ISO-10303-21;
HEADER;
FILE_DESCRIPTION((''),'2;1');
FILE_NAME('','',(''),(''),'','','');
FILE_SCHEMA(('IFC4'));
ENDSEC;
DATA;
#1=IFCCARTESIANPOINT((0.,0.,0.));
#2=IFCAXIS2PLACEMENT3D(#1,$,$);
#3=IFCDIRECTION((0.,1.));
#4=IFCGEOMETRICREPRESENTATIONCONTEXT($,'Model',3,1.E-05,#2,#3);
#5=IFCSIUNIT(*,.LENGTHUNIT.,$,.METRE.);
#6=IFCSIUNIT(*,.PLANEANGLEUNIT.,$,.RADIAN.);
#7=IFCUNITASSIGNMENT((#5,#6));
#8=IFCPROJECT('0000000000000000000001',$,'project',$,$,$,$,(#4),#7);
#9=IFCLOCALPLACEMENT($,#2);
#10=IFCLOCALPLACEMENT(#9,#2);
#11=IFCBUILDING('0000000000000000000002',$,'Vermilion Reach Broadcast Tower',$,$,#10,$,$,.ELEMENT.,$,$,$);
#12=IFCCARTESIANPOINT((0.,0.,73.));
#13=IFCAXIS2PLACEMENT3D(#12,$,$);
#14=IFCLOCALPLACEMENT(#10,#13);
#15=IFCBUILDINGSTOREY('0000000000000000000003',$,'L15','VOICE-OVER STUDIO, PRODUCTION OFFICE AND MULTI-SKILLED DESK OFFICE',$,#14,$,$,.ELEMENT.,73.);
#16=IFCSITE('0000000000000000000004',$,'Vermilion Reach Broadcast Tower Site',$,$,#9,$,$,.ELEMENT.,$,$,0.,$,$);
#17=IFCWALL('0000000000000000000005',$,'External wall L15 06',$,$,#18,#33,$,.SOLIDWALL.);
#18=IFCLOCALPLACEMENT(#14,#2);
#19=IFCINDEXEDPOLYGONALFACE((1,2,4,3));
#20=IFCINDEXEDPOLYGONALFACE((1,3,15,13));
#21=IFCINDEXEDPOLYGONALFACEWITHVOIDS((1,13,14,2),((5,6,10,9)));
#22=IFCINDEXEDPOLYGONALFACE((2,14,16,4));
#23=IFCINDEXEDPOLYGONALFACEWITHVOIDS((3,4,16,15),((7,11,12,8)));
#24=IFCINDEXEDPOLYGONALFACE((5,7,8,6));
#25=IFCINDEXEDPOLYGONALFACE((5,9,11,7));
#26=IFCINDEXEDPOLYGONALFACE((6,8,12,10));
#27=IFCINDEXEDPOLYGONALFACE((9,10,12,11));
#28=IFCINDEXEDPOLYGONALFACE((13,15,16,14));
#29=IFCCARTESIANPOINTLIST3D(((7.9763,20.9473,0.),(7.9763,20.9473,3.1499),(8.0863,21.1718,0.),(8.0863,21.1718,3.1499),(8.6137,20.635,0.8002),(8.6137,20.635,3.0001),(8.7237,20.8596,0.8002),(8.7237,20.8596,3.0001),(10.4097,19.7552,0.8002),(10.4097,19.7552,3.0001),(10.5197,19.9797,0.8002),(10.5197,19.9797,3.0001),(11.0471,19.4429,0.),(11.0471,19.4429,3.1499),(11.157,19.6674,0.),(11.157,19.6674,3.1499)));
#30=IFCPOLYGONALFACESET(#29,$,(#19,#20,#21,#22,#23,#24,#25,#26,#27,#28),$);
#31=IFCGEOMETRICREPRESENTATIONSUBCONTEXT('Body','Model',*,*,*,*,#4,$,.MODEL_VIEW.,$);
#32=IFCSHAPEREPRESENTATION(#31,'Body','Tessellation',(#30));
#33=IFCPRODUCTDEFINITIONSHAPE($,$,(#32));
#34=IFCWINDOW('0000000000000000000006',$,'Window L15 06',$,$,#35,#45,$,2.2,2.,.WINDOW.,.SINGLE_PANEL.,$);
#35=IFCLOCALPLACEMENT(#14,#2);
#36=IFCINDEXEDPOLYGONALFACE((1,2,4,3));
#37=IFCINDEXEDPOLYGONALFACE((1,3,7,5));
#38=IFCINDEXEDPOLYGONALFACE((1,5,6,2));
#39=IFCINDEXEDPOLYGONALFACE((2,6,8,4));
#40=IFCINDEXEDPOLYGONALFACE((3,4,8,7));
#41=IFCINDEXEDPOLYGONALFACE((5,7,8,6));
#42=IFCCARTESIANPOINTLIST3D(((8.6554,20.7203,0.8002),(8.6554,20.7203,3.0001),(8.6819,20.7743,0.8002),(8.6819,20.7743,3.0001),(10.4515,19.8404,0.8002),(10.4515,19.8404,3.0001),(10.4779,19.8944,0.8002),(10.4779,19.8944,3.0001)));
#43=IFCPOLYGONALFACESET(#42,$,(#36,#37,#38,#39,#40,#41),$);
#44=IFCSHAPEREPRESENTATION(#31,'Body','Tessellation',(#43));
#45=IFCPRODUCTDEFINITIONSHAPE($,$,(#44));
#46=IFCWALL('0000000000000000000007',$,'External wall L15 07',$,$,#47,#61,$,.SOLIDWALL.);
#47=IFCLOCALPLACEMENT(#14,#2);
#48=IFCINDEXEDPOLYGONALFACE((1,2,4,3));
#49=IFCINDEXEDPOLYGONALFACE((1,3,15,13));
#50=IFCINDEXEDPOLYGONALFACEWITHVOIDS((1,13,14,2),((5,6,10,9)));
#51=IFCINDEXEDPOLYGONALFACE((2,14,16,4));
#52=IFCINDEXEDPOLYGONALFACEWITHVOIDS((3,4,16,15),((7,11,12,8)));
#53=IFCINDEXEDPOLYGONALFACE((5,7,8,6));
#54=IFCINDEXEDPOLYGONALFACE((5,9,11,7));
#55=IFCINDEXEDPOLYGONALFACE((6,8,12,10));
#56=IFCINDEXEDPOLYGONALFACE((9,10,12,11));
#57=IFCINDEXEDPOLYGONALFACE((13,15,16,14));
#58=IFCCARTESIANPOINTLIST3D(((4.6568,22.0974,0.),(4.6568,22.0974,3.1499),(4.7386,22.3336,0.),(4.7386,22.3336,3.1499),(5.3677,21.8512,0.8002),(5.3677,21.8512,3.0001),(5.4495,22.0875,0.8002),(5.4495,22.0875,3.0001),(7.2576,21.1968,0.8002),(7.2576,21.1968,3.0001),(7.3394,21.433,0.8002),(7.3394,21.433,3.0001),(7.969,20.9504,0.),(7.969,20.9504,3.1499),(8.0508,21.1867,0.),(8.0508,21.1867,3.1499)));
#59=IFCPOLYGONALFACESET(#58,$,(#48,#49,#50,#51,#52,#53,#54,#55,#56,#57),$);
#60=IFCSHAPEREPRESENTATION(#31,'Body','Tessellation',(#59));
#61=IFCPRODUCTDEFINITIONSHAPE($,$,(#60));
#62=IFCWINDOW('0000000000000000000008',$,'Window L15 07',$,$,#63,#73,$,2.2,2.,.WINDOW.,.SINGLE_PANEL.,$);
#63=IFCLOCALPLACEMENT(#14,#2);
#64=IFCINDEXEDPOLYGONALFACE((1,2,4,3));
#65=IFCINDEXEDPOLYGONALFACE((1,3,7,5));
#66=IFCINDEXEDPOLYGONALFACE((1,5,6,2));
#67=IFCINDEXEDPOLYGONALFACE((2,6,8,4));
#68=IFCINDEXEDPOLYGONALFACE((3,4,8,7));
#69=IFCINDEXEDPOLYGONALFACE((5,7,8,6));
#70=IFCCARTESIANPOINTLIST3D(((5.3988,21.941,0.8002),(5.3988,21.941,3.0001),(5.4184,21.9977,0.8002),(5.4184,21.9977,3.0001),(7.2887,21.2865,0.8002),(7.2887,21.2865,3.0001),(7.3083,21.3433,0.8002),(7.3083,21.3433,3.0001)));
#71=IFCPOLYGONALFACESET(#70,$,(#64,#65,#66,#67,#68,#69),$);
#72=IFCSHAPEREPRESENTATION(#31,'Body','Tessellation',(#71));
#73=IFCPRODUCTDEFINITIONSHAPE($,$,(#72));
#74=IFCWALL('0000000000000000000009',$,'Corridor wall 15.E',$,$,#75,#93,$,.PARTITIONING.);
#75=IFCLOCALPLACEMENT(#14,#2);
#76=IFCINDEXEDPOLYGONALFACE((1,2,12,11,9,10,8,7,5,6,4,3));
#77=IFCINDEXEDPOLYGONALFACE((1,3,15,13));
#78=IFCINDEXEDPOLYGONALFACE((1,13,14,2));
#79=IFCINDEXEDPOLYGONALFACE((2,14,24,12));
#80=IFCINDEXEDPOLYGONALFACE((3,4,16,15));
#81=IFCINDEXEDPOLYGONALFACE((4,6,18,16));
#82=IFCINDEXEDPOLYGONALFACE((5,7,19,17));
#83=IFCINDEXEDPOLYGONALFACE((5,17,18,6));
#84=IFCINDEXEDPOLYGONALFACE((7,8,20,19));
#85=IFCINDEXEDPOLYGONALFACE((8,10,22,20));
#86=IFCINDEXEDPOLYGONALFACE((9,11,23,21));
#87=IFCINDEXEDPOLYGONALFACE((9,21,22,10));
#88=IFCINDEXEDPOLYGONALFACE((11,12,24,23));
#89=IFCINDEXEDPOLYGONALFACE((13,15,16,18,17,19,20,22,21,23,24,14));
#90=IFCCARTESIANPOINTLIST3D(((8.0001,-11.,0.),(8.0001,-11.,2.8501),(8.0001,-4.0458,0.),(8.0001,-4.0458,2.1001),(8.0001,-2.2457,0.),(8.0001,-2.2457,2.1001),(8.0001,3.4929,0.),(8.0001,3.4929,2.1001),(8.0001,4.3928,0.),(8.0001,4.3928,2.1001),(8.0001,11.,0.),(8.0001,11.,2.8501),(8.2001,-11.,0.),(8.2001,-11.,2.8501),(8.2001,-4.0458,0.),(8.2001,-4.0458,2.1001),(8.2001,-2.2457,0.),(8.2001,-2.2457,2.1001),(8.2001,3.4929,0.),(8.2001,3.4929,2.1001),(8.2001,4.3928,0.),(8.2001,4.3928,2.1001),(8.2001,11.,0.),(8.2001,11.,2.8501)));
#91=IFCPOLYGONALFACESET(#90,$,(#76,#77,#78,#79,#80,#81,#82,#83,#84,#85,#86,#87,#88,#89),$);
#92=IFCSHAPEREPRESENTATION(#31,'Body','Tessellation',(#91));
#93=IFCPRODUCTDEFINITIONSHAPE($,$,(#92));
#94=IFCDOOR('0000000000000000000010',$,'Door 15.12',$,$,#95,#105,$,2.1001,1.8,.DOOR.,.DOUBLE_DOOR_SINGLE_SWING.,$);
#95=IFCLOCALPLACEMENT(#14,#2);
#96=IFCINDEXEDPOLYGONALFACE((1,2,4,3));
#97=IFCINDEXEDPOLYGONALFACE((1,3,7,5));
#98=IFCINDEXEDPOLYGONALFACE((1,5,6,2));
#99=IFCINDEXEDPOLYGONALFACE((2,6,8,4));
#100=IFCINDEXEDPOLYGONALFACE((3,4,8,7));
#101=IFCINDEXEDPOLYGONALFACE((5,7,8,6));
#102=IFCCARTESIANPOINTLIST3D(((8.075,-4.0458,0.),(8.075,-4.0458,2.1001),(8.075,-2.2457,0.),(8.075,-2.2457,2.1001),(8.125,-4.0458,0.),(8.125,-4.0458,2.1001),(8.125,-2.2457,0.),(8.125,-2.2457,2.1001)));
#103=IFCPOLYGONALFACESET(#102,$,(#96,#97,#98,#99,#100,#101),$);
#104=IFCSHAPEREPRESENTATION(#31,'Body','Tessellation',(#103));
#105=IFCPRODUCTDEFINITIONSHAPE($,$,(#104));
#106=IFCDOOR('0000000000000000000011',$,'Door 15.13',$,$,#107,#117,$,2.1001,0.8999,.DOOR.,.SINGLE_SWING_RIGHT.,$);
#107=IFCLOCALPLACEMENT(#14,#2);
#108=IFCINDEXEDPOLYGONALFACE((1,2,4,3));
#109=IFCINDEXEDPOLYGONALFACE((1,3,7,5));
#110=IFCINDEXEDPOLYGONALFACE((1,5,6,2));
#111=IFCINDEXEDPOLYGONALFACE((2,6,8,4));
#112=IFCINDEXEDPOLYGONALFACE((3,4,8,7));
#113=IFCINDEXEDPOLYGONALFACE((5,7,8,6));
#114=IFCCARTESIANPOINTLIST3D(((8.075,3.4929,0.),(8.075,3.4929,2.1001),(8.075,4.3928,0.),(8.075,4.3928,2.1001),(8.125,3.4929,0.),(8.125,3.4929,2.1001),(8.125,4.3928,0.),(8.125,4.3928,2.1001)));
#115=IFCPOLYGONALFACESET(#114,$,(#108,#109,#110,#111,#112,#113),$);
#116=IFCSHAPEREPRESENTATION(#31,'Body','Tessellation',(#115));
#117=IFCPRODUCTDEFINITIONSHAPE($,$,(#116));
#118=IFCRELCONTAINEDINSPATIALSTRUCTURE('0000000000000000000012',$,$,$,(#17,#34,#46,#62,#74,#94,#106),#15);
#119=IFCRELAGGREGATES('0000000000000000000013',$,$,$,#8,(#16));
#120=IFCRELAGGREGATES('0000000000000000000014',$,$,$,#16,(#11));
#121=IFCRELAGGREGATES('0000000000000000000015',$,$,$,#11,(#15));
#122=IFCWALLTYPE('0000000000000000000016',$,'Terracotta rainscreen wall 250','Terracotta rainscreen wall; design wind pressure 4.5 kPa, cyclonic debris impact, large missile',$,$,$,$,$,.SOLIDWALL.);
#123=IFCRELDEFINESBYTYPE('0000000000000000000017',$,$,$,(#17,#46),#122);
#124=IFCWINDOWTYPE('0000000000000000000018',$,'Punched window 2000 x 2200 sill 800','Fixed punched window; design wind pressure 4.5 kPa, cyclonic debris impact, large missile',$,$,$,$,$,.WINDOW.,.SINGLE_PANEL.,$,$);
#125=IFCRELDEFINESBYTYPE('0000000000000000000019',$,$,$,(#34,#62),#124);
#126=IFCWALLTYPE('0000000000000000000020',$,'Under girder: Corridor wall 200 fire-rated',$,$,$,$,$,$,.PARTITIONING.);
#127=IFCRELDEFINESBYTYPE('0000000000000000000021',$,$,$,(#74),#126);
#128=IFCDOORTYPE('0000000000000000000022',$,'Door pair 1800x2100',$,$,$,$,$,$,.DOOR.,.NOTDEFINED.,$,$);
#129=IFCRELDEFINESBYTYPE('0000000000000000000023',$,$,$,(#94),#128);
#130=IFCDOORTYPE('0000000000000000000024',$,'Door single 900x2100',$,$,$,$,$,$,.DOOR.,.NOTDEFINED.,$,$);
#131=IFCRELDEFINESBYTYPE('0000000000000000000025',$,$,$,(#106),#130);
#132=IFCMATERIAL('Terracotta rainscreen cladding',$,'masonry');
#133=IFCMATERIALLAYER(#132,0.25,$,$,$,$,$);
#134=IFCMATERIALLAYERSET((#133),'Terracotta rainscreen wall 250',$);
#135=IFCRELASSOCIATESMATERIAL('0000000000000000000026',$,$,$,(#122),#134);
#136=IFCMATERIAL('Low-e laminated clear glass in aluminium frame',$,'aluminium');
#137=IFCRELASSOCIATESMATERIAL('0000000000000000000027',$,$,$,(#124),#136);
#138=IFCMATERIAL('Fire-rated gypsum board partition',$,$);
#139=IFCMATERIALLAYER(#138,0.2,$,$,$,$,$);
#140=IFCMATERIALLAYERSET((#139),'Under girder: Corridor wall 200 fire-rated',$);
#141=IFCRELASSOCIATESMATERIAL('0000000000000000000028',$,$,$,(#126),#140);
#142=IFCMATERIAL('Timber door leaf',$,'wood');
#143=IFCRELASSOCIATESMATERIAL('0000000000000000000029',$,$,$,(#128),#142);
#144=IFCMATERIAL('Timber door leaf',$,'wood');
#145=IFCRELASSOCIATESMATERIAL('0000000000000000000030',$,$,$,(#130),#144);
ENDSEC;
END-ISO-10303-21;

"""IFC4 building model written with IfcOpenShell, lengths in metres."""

from ifc_helpers import new_model, si_unit, direction, frame, frame_2d, origin, place, context, subcontext, project, spatial, rectangle, extrude, material, layer, layer_set, type_object, element, fill, save


model = new_model("IFC4")

# Units and contexts
model_context = context("Model", 3, precision=1e-05, world=origin(), true_north=direction((0.0, 1.0)))
body_context = subcontext(model_context, "Body", "Model", "MODEL_VIEW")
ifc_project = project(units=[si_unit("LENGTHUNIT", "METRE"), si_unit("PLANEANGLEUNIT", "RADIAN")], contexts=[model_context])

# Site, building, storey
site_placement = place(None, origin())
site = spatial("IfcSite", under=ifc_project, at=site_placement, Name="Vermilion Reach Broadcast Tower Site", CompositionType="ELEMENT", RefElevation=0.0)
building_placement = place(site_placement, origin())
building = spatial("IfcBuilding", under=site, at=building_placement, Name="Vermilion Reach Broadcast Tower", CompositionType="ELEMENT")
storey_placement = place(building_placement, frame((0.0, 0.0, 73.0)))
storey = spatial("IfcBuildingStorey", under=building, at=storey_placement, Name="L15", Description="VOICE-OVER STUDIO, PRODUCTION OFFICE AND MULTI-SKILLED DESK OFFICE", CompositionType="ELEMENT", Elevation=73.0)

# Shared definitions
ifc_material_1 = material(Name="Terracotta rainscreen cladding", Category="masonry")
ifc_layer_1 = layer(ifc_material_1, 0.25)
ifc_layer_set_1 = layer_set([ifc_layer_1], Name="Terracotta rainscreen wall 250")
wall_type_1 = type_object("IfcWallType", Name="Terracotta rainscreen wall 250", Description="Terracotta rainscreen wall; design wind pressure 4.5 kPa, cyclonic debris impact, large missile", PredefinedType="SOLIDWALL", material=ifc_layer_set_1)

# Walls, openings, windows
ifc_material_2 = material(Name="Low-e laminated clear glass in aluminium frame", Category="aluminium")
window_type = type_object("IfcWindowType", Name="Punched window 2000 x 2200 sill 800", Description="Fixed punched window; design wind pressure 4.5 kPa, cyclonic debris impact, large missile", PartitioningType="SINGLE_PANEL", PredefinedType="WINDOW", material=ifc_material_2)
wall_1_placement = place(storey_placement, frame((11.1021, 19.5552, 0.0), z_axis=(0.0, 0.0, 1.0), x_axis=(-0.898025, 0.439945, 0.0)))
wall_1 = element("IfcWall", 1, at=wall_1_placement, inside=storey, type_object=wall_type_1, Name="External wall L15 06", PredefinedType="SOLIDWALL", context=body_context, shape_type="SweptSolid", body=[
    extrude(rectangle(XDim=3.4194, YDim=0.25, at=frame_2d((1.7097, 0.0))), origin(), (0.0, 0.0, 1.0), 3.1499),
])
opening_1_placement = place(wall_1_placement, frame((0.7097, 0.0, 0.8)))
opening_1 = element("IfcOpeningElement", 2, at=opening_1_placement, cuts=wall_1, PredefinedType="OPENING", context=body_context, shape_type="SweptSolid", body=[
    extrude(rectangle(XDim=2.0, YDim=2.2, at=frame_2d((1.0, 1.1001))), frame((0.0, 0.135, 0.0), z_axis=(0.0, -1.0, 0.0), x_axis=(1.0, 0.0, 0.0)), (0.0, 0.0, 1.0), 0.27),
])
window_1_placement = place(opening_1_placement, origin())
window_1 = element("IfcWindow", 3, at=window_1_placement, inside=storey, type_object=window_type, Name="Window L15 06", OverallHeight=2.2, OverallWidth=2.0, PartitioningType="SINGLE_PANEL", PredefinedType="WINDOW", context=body_context, shape_type="SweptSolid", body=[
    extrude(rectangle(XDim=2.0, YDim=2.2, at=frame_2d((1.0, 1.1001))), frame((0.0, 0.03, 0.0), z_axis=(0.0, -1.0, 0.0), x_axis=(1.0, 0.0, 0.0)), (0.0, 0.0, 1.0), 0.0601),
])
fill(opening_1, window_1)
wall_2_placement = place(storey_placement, frame((8.0098, 21.0686, 0.0), z_axis=(0.0, 0.0, 1.0), x_axis=(-0.944949, 0.327218, 0.0)))
wall_2 = element("IfcWall", 4, at=wall_2_placement, inside=storey, type_object=wall_type_1, Name="External wall L15 07", PredefinedType="SOLIDWALL", context=body_context, shape_type="SweptSolid", body=[
    extrude(rectangle(XDim=3.5051, YDim=0.25, at=frame_2d((1.7524, 0.0))), origin(), (0.0, 0.0, 1.0), 3.1499),
])
opening_2_placement = place(wall_2_placement, frame((0.7527, 0.0, 0.8)))
opening_2 = element("IfcOpeningElement", 5, at=opening_2_placement, cuts=wall_2, PredefinedType="OPENING", context=body_context, shape_type="SweptSolid", body=[
    extrude(rectangle(XDim=2.0, YDim=2.2, at=frame_2d((1.0, 1.1001))), frame((0.0, 0.135, 0.0), z_axis=(0.0, -1.0, 0.0), x_axis=(1.0, 0.0, 0.0)), (0.0, 0.0, 1.0), 0.27),
])
window_2_placement = place(opening_2_placement, origin())
window_2 = element("IfcWindow", 6, at=window_2_placement, inside=storey, type_object=window_type, Name="Window L15 07", OverallHeight=2.2, OverallWidth=2.0, PartitioningType="SINGLE_PANEL", PredefinedType="WINDOW", context=body_context, shape_type="SweptSolid", body=[
    extrude(rectangle(XDim=2.0, YDim=2.2, at=frame_2d((1.0, 1.1001))), frame((0.0, 0.03, 0.0), z_axis=(0.0, -1.0, 0.0), x_axis=(1.0, 0.0, 0.0)), (0.0, 0.0, 1.0), 0.0601),
])
fill(opening_2, window_2)

# Wall, openings, doors
ifc_material_3 = material(Name="Fire-rated gypsum board partition")
ifc_layer_2 = layer(ifc_material_3, 0.2)
ifc_layer_set_2 = layer_set([ifc_layer_2], Name="Under girder: Corridor wall 200 fire-rated")
wall_type_2 = type_object("IfcWallType", Name="Under girder: Corridor wall 200 fire-rated", PredefinedType="PARTITIONING", material=ifc_layer_set_2)
wall_3_placement = place(storey_placement, frame((8.1001, 11.0, 0.0), z_axis=(0.0, 0.0, 1.0), x_axis=(0.0, -1.0, 0.0)))
wall_3 = element("IfcWall", 7, at=wall_3_placement, inside=storey, type_object=wall_type_2, Name="Corridor wall 15.E", PredefinedType="PARTITIONING", context=body_context, shape_type="SweptSolid", body=[
    extrude(rectangle(XDim=22.0, YDim=0.2, at=frame_2d((11.0, 0.0))), origin(), (0.0, 0.0, 1.0), 2.8501),
])
opening_3_placement = place(wall_3_placement, frame((13.2458, 0.0, 0.0)))
opening_3 = element("IfcOpeningElement", 8, at=opening_3_placement, cuts=wall_3, PredefinedType="OPENING", context=body_context, shape_type="SweptSolid", body=[
    extrude(rectangle(XDim=1.8, YDim=2.1001, at=frame_2d((0.8999, 1.05))), frame((0.0, 0.1099, 0.0), z_axis=(0.0, -1.0, 0.0), x_axis=(1.0, 0.0, 0.0)), (0.0, 0.0, 1.0), 0.22),
])
opening_4_placement = place(wall_3_placement, frame((6.6072, 0.0, 0.0)))
opening_4 = element("IfcOpeningElement", 9, at=opening_4_placement, cuts=wall_3, PredefinedType="OPENING", context=body_context, shape_type="SweptSolid", body=[
    extrude(rectangle(XDim=0.8999, YDim=2.1001, at=frame_2d((0.45, 1.05))), frame((0.0, 0.1099, 0.0), z_axis=(0.0, -1.0, 0.0), x_axis=(1.0, 0.0, 0.0)), (0.0, 0.0, 1.0), 0.22),
])
ifc_material_4 = material(Name="Timber door leaf", Category="wood")
door_type_1 = type_object("IfcDoorType", Name="Door pair 1800x2100", OperationType="NOTDEFINED", PredefinedType="DOOR", material=ifc_material_4)
door_1_placement = place(opening_3_placement, origin())
door_1 = element("IfcDoor", 10, at=door_1_placement, inside=storey, type_object=door_type_1, Name="Door 15.12", OperationType="DOUBLE_DOOR_SINGLE_SWING", OverallHeight=2.1001, OverallWidth=1.8, PredefinedType="DOOR", context=body_context, shape_type="SweptSolid", body=[
    extrude(rectangle(XDim=1.8, YDim=2.1001, at=frame_2d((0.8999, 1.05))), frame((0.0, 0.0249, 0.0), z_axis=(0.0, -1.0, 0.0), x_axis=(1.0, 0.0, 0.0)), (0.0, 0.0, 1.0), 0.05),
])
fill(opening_3, door_1)
ifc_material_5 = material(Name="Timber door leaf", Category="wood")
door_type_2 = type_object("IfcDoorType", Name="Door single 900x2100", OperationType="NOTDEFINED", PredefinedType="DOOR", material=ifc_material_5)
door_2_placement = place(opening_4_placement, origin())
door_2 = element("IfcDoor", 11, at=door_2_placement, inside=storey, type_object=door_type_2, Name="Door 15.13", OperationType="SINGLE_SWING_RIGHT", OverallHeight=2.1001, OverallWidth=0.8999, PredefinedType="DOOR", context=body_context, shape_type="SweptSolid", body=[
    extrude(rectangle(XDim=0.8999, YDim=2.1001, at=frame_2d((0.45, 1.05))), frame((0.0, 0.0249, 0.0), z_axis=(0.0, -1.0, 0.0), x_axis=(1.0, 0.0, 0.0)), (0.0, 0.0, 1.0), 0.05),
])
fill(opening_4, door_2)

save(model, "model.ifc")
